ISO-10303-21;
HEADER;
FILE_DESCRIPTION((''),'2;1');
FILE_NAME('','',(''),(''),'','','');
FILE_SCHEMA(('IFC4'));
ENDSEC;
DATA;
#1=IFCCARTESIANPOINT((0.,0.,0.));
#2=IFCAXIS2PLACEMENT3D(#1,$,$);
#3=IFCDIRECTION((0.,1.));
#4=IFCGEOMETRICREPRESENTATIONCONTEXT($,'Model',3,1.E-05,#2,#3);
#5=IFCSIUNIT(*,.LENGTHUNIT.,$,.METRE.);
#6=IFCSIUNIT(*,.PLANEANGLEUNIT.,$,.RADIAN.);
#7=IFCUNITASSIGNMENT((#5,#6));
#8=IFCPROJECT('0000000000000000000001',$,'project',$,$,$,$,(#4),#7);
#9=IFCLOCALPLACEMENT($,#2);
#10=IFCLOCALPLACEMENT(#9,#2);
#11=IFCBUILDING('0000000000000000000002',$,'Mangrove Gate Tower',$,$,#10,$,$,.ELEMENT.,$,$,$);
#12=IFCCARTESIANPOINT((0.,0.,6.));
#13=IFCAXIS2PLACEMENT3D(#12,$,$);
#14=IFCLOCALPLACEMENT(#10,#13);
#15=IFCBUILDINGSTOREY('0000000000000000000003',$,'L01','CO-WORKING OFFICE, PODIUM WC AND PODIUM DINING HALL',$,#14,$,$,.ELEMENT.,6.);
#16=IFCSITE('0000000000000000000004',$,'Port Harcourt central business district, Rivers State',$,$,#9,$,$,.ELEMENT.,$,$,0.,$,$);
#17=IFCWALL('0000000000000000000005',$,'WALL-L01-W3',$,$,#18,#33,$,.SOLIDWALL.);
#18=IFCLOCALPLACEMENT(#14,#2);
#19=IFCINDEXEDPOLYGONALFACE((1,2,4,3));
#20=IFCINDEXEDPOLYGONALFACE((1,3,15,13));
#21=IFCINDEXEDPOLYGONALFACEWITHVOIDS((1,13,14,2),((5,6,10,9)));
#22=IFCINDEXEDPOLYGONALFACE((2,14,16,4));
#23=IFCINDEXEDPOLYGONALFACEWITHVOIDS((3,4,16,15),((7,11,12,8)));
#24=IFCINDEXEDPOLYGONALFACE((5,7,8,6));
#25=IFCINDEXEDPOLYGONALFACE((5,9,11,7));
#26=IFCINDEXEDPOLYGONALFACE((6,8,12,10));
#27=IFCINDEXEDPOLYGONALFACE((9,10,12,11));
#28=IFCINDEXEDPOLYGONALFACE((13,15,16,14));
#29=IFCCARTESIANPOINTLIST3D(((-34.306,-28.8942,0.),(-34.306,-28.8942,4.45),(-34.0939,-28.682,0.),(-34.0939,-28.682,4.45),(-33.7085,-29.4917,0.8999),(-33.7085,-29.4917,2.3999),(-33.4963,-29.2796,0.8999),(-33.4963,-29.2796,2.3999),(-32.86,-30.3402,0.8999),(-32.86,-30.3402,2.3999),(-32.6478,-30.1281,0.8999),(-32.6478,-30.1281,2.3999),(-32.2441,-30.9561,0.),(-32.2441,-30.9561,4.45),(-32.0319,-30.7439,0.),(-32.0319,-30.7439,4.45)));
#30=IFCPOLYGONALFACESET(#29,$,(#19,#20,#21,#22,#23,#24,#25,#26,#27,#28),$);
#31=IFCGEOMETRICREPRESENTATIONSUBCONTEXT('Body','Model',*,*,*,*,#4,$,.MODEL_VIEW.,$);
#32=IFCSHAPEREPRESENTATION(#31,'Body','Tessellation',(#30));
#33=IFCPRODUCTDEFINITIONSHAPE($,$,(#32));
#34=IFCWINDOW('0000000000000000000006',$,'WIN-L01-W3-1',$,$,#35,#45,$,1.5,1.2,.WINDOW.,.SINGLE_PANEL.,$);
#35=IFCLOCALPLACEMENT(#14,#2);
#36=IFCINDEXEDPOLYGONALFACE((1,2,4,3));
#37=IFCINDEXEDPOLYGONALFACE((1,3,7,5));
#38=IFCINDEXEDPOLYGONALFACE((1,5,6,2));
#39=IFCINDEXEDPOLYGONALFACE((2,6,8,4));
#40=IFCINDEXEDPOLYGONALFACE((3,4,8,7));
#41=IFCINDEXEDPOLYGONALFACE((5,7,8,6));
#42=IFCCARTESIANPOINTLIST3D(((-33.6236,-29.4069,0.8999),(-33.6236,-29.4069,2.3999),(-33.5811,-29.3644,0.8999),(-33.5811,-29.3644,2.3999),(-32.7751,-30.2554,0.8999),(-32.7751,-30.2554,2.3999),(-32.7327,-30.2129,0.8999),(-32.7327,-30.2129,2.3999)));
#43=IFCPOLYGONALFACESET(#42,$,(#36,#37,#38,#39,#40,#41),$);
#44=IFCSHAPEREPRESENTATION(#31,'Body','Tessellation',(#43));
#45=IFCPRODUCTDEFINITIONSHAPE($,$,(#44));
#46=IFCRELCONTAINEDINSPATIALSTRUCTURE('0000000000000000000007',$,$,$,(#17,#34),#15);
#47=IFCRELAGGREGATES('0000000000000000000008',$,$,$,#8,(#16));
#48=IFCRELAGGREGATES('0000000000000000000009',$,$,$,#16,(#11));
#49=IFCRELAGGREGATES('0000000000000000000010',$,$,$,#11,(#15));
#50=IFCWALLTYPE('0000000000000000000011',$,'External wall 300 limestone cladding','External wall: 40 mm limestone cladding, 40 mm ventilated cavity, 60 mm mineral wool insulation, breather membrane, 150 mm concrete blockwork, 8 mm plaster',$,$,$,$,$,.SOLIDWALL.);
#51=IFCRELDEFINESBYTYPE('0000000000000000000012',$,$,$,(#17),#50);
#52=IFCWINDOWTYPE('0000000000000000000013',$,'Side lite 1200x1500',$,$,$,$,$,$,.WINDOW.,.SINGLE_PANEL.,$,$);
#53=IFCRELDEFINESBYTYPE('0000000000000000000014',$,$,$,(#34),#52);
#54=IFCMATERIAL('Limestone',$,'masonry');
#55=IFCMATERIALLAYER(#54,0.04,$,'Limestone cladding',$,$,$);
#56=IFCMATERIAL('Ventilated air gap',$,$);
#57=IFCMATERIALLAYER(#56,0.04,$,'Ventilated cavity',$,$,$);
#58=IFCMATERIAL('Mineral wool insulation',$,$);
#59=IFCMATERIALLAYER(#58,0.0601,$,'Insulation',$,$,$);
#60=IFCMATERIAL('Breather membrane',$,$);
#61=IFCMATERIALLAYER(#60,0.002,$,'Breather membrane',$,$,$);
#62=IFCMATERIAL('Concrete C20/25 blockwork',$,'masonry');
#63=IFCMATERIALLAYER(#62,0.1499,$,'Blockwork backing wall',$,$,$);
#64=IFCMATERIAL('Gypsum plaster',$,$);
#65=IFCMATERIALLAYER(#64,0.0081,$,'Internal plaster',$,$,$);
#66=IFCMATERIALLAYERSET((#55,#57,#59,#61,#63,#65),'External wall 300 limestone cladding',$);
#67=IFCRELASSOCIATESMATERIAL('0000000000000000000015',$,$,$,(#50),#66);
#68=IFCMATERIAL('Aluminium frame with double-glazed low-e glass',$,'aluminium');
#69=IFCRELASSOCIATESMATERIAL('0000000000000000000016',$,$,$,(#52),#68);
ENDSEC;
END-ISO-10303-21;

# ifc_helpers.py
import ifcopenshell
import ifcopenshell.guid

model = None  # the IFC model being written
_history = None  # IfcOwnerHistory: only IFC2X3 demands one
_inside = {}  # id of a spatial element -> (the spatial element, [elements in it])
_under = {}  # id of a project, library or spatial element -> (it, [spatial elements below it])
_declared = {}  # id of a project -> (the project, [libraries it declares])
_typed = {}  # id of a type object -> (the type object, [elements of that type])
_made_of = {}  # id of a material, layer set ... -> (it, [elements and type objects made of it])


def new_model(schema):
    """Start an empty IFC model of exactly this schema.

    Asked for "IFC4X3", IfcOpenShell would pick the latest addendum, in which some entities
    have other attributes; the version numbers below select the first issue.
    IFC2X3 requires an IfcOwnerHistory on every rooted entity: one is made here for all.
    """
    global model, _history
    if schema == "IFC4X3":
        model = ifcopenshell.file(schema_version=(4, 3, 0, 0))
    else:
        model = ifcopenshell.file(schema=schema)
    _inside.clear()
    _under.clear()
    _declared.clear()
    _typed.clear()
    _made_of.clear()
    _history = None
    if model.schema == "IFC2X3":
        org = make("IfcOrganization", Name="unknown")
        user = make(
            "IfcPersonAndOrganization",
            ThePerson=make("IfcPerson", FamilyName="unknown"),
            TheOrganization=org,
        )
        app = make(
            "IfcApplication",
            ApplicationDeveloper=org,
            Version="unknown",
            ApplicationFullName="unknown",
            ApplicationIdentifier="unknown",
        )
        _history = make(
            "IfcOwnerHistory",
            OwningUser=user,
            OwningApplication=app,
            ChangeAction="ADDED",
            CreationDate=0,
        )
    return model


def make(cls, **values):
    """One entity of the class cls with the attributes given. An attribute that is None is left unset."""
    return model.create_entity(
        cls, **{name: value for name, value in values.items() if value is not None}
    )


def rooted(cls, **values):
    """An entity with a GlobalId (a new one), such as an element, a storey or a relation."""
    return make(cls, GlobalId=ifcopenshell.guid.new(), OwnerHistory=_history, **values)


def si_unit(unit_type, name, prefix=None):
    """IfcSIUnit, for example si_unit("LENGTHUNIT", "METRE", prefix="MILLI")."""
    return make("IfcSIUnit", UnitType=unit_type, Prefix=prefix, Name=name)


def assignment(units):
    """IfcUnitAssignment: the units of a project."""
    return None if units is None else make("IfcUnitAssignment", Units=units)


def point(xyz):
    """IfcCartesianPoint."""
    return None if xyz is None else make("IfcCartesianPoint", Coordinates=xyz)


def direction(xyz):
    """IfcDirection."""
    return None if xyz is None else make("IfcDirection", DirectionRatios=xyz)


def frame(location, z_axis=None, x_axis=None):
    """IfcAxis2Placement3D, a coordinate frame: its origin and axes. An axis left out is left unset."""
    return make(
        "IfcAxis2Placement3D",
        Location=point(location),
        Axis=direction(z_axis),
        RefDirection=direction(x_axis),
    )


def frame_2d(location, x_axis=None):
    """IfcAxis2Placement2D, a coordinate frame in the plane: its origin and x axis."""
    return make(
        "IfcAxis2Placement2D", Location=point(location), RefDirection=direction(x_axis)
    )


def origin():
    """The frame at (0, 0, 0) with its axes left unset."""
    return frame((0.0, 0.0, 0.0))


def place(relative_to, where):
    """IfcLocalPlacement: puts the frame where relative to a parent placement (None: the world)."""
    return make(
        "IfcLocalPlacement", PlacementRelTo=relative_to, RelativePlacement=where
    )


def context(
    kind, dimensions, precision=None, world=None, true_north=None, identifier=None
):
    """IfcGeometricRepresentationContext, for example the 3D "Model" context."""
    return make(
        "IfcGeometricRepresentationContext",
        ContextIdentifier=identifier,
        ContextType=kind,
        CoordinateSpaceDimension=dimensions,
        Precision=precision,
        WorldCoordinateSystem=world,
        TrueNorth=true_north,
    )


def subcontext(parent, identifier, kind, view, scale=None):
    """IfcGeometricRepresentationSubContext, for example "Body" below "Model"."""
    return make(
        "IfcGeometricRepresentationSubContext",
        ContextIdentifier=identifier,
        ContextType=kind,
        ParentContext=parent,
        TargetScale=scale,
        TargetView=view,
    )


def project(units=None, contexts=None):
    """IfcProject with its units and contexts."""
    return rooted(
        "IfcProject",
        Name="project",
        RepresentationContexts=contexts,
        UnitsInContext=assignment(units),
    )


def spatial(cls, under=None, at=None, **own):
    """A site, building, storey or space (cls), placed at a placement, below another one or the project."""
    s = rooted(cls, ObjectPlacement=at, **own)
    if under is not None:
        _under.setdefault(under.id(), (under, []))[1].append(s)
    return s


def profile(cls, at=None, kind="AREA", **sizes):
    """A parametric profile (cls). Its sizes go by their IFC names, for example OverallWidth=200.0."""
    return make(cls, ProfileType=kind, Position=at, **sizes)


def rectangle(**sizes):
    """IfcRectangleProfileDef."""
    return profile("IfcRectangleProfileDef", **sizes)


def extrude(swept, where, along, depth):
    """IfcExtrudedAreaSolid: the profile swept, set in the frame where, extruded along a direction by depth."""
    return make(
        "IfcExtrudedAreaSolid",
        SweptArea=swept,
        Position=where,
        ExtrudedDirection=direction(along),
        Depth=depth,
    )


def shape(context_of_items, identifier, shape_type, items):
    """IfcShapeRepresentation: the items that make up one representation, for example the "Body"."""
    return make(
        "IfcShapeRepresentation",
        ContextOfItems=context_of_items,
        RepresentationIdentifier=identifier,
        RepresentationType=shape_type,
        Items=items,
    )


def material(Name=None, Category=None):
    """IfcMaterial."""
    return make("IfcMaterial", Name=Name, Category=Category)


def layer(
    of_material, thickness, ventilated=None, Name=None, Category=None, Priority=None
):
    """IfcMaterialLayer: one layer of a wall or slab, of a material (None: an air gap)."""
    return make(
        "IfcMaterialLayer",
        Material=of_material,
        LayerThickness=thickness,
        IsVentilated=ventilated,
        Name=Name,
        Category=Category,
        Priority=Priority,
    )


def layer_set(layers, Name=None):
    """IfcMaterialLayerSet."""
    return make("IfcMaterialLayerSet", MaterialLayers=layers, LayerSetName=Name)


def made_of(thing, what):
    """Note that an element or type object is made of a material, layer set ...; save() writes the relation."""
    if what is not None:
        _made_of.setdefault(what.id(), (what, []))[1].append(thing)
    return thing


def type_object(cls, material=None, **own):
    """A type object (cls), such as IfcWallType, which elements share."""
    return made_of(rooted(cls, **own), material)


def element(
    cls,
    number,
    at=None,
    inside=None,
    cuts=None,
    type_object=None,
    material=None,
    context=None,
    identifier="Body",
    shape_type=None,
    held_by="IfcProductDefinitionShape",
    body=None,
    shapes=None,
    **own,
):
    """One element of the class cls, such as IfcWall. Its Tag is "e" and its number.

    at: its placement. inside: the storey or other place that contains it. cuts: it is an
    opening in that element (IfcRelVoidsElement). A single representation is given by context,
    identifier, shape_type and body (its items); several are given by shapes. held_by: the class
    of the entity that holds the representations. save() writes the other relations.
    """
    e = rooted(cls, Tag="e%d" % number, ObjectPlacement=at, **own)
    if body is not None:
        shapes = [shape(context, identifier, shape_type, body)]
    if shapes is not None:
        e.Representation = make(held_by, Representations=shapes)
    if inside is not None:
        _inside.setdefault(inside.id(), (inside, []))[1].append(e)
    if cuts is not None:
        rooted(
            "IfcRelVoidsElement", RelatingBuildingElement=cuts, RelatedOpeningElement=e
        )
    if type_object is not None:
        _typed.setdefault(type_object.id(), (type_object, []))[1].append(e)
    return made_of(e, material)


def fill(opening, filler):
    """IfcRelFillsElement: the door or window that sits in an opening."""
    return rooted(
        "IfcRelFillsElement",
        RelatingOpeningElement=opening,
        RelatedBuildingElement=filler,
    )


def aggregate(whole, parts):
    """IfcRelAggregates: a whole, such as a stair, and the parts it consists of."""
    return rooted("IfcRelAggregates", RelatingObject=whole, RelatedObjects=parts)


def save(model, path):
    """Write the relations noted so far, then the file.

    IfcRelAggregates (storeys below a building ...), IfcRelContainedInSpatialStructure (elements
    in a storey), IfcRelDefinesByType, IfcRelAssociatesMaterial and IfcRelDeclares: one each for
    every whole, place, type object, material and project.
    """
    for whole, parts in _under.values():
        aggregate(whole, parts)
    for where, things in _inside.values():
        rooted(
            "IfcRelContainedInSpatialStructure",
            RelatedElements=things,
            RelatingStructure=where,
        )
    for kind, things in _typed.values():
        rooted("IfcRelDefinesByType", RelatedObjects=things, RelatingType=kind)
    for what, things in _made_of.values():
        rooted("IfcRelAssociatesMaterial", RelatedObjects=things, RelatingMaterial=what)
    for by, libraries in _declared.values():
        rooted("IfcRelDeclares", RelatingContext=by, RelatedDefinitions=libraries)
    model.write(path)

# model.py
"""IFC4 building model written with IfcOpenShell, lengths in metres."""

from ifc_helpers import new_model, si_unit, direction, frame, frame_2d, origin, place, context, subcontext, project, spatial, rectangle, extrude, material, layer, layer_set, type_object, element, fill, save


model = new_model("IFC4")

# Units and contexts
model_context = context("Model", 3, precision=1e-05, world=origin(), true_north=direction((0.0, 1.0)))
body_context = subcontext(model_context, "Body", "Model", "MODEL_VIEW")
ifc_project = project(units=[si_unit("LENGTHUNIT", "METRE"), si_unit("PLANEANGLEUNIT", "RADIAN")], contexts=[model_context])

# Site, building, storey
site_placement = place(None, origin())
site = spatial("IfcSite", under=ifc_project, at=site_placement, Name="Port Harcourt central business district, Rivers State", CompositionType="ELEMENT", RefElevation=0.0)
building_placement = place(site_placement, origin())
building = spatial("IfcBuilding", under=site, at=building_placement, Name="Mangrove Gate Tower", CompositionType="ELEMENT")
storey_placement = place(building_placement, frame((0.0, 0.0, 6.0)))
storey = spatial("IfcBuildingStorey", under=building, at=storey_placement, Name="L01", Description="CO-WORKING OFFICE, PODIUM WC AND PODIUM DINING HALL", CompositionType="ELEMENT", Elevation=6.0)

# Wall, opening, window
ifc_material_1 = material(Name="Limestone", Category="masonry")
ifc_layer_1 = layer(ifc_material_1, 0.04, Name="Limestone cladding")
ifc_material_2 = material(Name="Ventilated air gap")
ifc_layer_2 = layer(ifc_material_2, 0.04, Name="Ventilated cavity")
ifc_material_3 = material(Name="Mineral wool insulation")
ifc_layer_3 = layer(ifc_material_3, 0.0601, Name="Insulation")
ifc_material_4 = material(Name="Breather membrane")
ifc_layer_4 = layer(ifc_material_4, 0.002, Name="Breather membrane")
ifc_material_5 = material(Name="Concrete C20/25 blockwork", Category="masonry")
ifc_layer_5 = layer(ifc_material_5, 0.1499, Name="Blockwork backing wall")
ifc_material_6 = material(Name="Gypsum plaster")
ifc_layer_6 = layer(ifc_material_6, 0.0081, Name="Internal plaster")
ifc_layer_set = layer_set([ifc_layer_1, ifc_layer_2, ifc_layer_3, ifc_layer_4, ifc_layer_5, ifc_layer_6], Name="External wall 300 limestone cladding")
wall_type = type_object("IfcWallType", Name="External wall 300 limestone cladding", Description="External wall: 40 mm limestone cladding, 40 mm ventilated cavity, 60 mm mineral wool insulation, breather membrane, 150 mm concrete blockwork, 8 mm plaster", PredefinedType="SOLIDWALL", material=ifc_layer_set)
wall_1_placement = place(storey_placement, frame((-34.2, -28.7881, 0.0), z_axis=(0.0, 0.0, 1.0), x_axis=(0.707107, -0.707107, 0.0)))
wall_1 = element("IfcWall", 1, at=wall_1_placement, inside=storey, type_object=wall_type, Name="WALL-L01-W3", PredefinedType="SOLIDWALL", context=body_context, shape_type="SweptSolid", body=[
    extrude(rectangle(XDim=2.916, YDim=0.3, at=frame_2d((1.458, 0.0))), origin(), (0.0, 0.0, 1.0), 4.45),
])
opening_1_placement = place(wall_1_placement, frame((0.845, 0.0, 0.8999)))
opening_1 = element("IfcOpeningElement", 2, at=opening_1_placement, cuts=wall_1, PredefinedType="OPENING", context=body_context, shape_type="SweptSolid", body=[
    extrude(rectangle(XDim=1.2, YDim=1.5, at=frame_2d((0.6001, 0.75))), frame((0.0, 0.1599, 0.0), z_axis=(0.0, -1.0, 0.0), x_axis=(1.0, 0.0, 0.0)), (0.0, 0.0, 1.0), 0.3201),
])
ifc_material_7 = material(Name="Aluminium frame with double-glazed low-e glass", Category="aluminium")
window_type = type_object("IfcWindowType", Name="Side lite 1200x1500", PartitioningType="SINGLE_PANEL", PredefinedType="WINDOW", material=ifc_material_7)
window_1_placement = place(opening_1_placement, origin())
window_1 = element("IfcWindow", 3, at=window_1_placement, inside=storey, type_object=window_type, Name="WIN-L01-W3-1", OverallHeight=1.5, OverallWidth=1.2, PartitioningType="SINGLE_PANEL", PredefinedType="WINDOW", context=body_context, shape_type="SweptSolid", body=[
    extrude(rectangle(XDim=1.2, YDim=1.5, at=frame_2d((0.6001, 0.75))), frame((0.0, 0.03, 0.0), z_axis=(0.0, -1.0, 0.0), x_axis=(1.0, 0.0, 0.0)), (0.0, 0.0, 1.0), 0.0601),
])
fill(opening_1, window_1)

save(model, "model.ifc")
